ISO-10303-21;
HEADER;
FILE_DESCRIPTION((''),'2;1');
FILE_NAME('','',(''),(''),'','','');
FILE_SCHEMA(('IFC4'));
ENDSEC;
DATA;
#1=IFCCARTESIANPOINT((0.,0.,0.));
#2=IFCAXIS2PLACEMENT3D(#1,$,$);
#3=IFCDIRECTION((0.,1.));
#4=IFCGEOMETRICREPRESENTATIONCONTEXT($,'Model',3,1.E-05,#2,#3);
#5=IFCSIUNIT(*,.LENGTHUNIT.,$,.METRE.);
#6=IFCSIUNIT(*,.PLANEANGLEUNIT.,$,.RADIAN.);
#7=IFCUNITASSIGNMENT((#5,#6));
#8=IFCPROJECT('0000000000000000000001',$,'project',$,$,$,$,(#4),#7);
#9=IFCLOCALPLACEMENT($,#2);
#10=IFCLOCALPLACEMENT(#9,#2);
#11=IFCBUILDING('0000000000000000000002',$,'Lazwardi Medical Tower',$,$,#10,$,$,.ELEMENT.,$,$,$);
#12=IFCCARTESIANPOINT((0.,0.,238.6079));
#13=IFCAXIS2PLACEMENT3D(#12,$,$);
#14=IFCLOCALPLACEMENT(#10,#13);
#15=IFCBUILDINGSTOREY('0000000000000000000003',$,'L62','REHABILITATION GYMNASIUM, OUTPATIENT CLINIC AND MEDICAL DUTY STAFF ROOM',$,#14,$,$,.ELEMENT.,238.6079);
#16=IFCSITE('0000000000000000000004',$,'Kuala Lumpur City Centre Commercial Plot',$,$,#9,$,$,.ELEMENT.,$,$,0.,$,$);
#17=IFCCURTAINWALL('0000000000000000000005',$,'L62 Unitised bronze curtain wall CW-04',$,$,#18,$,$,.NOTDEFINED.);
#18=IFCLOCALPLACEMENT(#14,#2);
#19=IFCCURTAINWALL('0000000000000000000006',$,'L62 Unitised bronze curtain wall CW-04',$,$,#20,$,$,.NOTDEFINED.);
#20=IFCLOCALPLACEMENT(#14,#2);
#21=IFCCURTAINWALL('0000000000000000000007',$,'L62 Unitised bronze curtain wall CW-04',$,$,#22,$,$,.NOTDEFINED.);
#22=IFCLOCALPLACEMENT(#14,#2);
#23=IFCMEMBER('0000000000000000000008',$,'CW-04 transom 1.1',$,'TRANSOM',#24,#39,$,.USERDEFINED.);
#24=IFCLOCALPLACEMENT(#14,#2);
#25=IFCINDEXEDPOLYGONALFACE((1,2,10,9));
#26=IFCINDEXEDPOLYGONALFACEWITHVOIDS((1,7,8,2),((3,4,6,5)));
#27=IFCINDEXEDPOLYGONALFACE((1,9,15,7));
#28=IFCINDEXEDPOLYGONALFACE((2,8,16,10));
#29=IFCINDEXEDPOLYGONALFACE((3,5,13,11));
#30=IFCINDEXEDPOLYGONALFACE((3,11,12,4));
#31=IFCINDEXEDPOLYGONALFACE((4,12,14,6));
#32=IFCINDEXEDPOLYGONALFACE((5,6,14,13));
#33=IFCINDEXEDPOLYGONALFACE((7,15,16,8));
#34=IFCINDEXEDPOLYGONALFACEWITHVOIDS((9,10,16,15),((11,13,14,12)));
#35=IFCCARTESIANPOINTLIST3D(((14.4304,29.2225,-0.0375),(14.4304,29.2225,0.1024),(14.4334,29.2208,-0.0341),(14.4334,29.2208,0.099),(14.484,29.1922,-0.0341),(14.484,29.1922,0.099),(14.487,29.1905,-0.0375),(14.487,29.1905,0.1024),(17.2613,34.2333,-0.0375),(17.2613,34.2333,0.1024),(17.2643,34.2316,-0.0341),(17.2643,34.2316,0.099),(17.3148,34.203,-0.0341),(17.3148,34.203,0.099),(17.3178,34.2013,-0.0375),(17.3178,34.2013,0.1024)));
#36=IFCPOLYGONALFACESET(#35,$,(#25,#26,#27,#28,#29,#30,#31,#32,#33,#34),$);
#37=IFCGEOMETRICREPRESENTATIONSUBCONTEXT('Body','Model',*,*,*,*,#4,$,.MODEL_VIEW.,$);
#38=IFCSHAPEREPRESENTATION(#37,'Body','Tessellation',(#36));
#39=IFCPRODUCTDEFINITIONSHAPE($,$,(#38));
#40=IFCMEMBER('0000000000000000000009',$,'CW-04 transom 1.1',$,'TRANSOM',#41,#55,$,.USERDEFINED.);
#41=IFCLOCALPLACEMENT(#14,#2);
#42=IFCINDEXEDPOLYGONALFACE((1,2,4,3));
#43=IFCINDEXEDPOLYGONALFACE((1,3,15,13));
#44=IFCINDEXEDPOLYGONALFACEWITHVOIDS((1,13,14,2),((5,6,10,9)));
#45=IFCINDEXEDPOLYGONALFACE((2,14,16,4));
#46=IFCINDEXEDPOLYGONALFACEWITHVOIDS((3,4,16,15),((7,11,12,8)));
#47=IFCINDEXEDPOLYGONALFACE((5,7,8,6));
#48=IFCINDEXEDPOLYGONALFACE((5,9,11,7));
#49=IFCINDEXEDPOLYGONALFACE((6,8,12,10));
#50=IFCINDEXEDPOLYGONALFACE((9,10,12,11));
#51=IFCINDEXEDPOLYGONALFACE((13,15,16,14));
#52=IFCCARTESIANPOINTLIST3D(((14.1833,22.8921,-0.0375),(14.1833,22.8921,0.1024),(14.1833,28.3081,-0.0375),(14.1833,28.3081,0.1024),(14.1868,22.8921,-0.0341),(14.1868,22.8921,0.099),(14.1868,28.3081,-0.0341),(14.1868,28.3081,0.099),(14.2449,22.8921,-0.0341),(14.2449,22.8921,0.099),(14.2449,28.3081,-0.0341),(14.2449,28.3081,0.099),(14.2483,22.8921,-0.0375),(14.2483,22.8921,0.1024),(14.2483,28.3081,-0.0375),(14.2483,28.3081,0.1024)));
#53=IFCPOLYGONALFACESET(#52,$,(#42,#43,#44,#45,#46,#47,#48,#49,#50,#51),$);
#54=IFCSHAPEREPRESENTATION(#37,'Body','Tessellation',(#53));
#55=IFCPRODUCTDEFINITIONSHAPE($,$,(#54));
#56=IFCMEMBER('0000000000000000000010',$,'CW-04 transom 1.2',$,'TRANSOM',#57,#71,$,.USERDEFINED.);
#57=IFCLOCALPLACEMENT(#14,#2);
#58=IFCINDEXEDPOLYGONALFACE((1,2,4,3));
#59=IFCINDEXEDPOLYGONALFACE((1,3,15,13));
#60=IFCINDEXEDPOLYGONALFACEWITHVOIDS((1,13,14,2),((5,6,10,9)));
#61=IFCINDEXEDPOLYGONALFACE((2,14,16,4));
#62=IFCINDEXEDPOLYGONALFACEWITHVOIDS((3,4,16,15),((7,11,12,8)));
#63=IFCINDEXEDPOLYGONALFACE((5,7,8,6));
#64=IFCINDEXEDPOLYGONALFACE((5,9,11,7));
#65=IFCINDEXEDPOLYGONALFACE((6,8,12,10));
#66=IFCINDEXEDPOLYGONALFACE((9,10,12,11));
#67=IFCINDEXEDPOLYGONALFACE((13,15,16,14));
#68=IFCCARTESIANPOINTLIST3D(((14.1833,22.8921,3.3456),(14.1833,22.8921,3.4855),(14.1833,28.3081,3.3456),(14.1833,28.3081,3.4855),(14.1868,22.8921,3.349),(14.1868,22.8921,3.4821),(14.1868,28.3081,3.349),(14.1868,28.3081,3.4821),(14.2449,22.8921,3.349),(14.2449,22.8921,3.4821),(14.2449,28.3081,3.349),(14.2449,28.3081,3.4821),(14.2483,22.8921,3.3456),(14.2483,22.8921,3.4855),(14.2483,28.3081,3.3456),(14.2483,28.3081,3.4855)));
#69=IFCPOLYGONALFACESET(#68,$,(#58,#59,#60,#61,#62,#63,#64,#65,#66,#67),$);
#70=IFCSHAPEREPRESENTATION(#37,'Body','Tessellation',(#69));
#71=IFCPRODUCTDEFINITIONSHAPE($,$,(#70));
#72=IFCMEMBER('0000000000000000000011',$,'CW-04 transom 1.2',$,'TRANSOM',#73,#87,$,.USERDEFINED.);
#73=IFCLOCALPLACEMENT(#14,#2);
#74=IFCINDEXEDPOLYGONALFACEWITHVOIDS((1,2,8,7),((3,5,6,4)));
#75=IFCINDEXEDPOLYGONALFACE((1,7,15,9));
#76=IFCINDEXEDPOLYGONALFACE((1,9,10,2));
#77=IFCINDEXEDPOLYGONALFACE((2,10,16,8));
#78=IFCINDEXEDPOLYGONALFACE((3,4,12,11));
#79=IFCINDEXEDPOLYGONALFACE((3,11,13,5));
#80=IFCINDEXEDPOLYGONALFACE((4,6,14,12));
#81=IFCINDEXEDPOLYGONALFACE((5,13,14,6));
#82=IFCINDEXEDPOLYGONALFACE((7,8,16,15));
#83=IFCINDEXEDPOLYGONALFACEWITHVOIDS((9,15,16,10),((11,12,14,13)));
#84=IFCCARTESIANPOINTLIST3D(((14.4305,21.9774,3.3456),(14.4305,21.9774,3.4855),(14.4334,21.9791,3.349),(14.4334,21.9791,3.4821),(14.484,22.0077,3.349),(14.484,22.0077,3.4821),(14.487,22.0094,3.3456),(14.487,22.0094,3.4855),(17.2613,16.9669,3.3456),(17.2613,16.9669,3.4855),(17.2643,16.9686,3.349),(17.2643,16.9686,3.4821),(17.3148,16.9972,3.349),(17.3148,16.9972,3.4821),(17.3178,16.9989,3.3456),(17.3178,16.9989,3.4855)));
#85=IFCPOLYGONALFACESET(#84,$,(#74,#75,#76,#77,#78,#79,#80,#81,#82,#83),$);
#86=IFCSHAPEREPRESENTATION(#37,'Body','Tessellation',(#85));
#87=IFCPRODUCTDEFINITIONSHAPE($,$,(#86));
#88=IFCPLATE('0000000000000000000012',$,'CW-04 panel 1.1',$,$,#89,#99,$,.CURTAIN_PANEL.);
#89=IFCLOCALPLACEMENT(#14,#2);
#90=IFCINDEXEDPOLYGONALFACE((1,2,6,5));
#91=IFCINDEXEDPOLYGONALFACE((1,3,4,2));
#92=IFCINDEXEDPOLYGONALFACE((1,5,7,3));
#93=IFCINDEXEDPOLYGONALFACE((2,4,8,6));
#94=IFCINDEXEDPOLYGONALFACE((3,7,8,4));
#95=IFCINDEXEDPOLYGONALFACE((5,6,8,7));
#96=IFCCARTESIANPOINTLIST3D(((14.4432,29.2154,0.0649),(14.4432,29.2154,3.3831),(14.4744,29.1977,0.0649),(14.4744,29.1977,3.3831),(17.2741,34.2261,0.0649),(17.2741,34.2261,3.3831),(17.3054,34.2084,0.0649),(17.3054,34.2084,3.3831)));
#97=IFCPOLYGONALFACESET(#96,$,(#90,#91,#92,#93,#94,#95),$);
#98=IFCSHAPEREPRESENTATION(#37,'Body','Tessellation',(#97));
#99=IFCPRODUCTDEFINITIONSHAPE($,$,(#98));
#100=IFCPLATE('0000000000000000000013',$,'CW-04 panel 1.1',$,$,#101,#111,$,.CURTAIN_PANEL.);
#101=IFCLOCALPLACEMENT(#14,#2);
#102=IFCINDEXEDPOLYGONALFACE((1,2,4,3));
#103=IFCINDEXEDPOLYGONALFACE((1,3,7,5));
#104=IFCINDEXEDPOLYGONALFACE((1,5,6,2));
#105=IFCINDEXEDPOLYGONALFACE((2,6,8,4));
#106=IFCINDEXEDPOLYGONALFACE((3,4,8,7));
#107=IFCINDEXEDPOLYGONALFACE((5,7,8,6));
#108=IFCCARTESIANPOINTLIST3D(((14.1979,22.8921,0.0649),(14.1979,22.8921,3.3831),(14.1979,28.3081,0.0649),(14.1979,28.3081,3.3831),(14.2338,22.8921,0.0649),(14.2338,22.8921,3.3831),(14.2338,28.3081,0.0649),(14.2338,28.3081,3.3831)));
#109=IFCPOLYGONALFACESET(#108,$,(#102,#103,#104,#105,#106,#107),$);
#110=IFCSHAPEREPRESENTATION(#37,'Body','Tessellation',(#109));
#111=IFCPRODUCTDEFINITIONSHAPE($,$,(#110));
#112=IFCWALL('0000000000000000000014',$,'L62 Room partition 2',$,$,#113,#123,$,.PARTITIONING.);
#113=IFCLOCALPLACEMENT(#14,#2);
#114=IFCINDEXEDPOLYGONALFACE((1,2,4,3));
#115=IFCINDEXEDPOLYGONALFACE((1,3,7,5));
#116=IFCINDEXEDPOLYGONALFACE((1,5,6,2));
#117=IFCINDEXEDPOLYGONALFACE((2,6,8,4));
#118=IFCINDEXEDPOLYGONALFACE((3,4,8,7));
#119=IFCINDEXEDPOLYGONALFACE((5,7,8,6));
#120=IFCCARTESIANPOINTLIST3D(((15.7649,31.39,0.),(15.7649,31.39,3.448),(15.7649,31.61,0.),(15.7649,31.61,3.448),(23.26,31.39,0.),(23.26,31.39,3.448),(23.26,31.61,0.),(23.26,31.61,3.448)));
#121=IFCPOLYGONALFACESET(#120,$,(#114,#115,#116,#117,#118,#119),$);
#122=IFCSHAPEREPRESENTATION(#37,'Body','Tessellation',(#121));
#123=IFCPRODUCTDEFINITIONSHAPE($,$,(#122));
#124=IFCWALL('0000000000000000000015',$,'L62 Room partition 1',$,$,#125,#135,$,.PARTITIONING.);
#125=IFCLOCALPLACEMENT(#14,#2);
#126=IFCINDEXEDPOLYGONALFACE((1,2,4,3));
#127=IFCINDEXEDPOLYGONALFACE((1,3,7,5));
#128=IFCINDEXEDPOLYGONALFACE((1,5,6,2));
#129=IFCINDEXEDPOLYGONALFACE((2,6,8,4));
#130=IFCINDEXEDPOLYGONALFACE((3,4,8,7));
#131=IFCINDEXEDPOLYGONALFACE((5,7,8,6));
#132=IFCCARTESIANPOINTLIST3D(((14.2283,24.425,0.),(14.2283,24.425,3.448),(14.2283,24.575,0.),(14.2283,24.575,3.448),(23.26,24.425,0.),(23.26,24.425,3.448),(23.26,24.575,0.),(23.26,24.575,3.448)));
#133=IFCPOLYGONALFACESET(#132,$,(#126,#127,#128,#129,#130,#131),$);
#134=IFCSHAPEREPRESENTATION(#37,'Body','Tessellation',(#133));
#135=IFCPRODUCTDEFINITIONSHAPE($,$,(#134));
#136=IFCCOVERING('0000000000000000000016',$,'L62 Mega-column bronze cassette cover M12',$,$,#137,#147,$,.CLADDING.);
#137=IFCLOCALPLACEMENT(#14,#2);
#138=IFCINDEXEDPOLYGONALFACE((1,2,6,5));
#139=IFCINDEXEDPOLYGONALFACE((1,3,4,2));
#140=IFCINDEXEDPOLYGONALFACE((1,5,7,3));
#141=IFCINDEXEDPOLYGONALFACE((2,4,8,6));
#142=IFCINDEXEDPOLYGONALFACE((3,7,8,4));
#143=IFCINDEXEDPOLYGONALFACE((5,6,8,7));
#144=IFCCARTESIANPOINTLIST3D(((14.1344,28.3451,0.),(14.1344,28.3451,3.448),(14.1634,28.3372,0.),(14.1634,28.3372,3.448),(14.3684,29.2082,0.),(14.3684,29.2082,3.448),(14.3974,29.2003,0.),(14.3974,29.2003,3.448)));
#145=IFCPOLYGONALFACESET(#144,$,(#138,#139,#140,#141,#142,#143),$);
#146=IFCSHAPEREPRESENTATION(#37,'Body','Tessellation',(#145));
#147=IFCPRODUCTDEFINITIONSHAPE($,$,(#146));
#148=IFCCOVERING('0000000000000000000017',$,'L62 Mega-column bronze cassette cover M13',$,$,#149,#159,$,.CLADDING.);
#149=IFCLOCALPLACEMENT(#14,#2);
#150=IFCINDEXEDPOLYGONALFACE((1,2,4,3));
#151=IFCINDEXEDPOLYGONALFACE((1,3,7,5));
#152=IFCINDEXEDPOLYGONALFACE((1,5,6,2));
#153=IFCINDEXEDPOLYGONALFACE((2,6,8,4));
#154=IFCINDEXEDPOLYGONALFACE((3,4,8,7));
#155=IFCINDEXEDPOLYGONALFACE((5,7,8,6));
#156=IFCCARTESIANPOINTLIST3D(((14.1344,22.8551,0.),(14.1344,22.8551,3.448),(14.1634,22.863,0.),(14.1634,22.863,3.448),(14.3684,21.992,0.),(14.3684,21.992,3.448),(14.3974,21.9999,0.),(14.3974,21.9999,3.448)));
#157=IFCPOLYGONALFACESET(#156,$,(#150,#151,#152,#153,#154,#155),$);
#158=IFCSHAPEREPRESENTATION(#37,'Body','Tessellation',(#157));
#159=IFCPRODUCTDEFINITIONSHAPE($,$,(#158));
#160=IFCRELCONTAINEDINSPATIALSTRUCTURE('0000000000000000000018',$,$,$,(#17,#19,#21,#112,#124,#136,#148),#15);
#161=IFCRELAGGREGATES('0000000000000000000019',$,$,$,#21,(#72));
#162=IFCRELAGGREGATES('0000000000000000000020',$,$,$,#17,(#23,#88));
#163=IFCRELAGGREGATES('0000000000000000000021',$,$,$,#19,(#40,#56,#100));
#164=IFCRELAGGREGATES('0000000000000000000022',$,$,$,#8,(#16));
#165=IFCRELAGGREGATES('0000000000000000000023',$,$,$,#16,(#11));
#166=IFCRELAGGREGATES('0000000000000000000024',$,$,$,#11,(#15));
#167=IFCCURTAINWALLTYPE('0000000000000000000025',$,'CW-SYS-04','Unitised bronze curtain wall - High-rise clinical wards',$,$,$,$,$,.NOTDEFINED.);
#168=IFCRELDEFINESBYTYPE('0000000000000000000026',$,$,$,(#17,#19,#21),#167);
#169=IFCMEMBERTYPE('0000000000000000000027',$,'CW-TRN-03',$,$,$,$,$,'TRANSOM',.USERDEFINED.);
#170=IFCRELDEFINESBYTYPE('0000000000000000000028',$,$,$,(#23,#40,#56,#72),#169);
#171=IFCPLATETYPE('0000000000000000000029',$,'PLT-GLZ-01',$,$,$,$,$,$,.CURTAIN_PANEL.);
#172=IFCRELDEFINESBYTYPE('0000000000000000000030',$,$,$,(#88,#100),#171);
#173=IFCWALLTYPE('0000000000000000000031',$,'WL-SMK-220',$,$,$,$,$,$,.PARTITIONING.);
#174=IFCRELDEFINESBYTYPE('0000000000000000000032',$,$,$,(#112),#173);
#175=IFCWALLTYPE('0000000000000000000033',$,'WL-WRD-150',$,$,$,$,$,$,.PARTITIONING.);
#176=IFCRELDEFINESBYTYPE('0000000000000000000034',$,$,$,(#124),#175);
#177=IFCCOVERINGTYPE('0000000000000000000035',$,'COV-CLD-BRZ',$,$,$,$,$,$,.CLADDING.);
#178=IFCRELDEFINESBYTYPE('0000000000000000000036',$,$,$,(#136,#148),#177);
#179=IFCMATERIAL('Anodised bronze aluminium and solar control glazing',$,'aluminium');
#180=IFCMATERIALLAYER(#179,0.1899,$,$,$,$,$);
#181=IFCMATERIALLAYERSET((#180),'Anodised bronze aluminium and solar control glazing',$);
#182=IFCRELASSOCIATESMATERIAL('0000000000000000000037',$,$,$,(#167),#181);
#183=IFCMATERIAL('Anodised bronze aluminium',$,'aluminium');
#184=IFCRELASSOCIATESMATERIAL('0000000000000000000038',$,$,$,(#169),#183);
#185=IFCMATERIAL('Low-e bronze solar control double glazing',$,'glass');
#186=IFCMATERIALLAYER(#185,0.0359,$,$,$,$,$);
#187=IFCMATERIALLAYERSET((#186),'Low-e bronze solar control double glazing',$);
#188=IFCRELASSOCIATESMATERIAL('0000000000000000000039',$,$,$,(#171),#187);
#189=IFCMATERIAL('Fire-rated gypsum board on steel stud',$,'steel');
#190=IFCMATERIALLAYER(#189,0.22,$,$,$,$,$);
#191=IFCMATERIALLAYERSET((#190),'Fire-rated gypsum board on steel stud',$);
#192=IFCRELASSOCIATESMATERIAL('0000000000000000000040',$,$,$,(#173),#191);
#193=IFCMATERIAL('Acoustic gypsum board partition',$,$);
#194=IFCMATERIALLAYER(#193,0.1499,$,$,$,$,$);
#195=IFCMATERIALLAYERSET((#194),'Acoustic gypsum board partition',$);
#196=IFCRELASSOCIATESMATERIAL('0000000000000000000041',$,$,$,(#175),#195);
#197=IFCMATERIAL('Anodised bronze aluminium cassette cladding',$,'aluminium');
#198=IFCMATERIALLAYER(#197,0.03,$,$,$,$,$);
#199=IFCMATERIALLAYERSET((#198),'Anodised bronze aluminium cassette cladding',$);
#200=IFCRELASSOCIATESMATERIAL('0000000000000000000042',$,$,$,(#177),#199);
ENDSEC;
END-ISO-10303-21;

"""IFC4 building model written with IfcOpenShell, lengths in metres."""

from ifc_helpers import new_model, si_unit, direction, frame, frame_2d, origin, origin_2d, place, context, subcontext, project, spatial, rectangle, hollow_rectangle, extrude, material, layer, layer_set, material_profile, profile_set, type_object, element, aggregate, save


model = new_model("IFC4")

# Units and contexts
model_context = context("Model", 3, precision=1e-05, world=origin(), true_north=direction((0.0, 1.0)))
body_context = subcontext(model_context, "Body", "Model", "MODEL_VIEW")
ifc_project = project(units=[si_unit("LENGTHUNIT", "METRE"), si_unit("PLANEANGLEUNIT", "RADIAN")], contexts=[model_context])

# Site, building, storey
site_placement = place(None, origin())
site = spatial("IfcSite", under=ifc_project, at=site_placement, Name="Kuala Lumpur City Centre Commercial Plot", CompositionType="ELEMENT", RefElevation=0.0)
building_placement = place(site_placement, origin())
building = spatial("IfcBuilding", under=site, at=building_placement, Name="Lazwardi Medical Tower", CompositionType="ELEMENT")
storey_placement = place(building_placement, frame((0.0, 0.0, 238.6079)))
storey = spatial("IfcBuildingStorey", under=building, at=storey_placement, Name="L62", Description="REHABILITATION GYMNASIUM, OUTPATIENT CLINIC AND MEDICAL DUTY STAFF ROOM", CompositionType="ELEMENT", Elevation=238.6079)

# Curtain wall
ifc_material_1 = material(Name="Anodised bronze aluminium and solar control glazing", Category="aluminium")
ifc_layer_1 = layer(ifc_material_1, 0.1899)
ifc_layer_set_1 = layer_set([ifc_layer_1], Name="Anodised bronze aluminium and solar control glazing")
curtain_wall_type = type_object("IfcCurtainWallType", Name="CW-SYS-04", Description="Unitised bronze curtain wall - High-rise clinical wards", PredefinedType="NOTDEFINED", material=ifc_layer_set_1)
curtain_wall_1_placement = place(storey_placement, origin())
curtain_wall_1 = element("IfcCurtainWall", 1, at=curtain_wall_1_placement, inside=storey, type_object=curtain_wall_type, Name="L62 Unitised bronze curtain wall CW-04", PredefinedType="NOTDEFINED")
ifc_material_2 = material(Name="Anodised bronze aluminium", Category="aluminium")

# Curtain wall
curtain_wall_2_placement = place(storey_placement, origin())
curtain_wall_2 = element("IfcCurtainWall", 2, at=curtain_wall_2_placement, inside=storey, type_object=curtain_wall_type, Name="L62 Unitised bronze curtain wall CW-04", PredefinedType="NOTDEFINED")

# Curtain wall
curtain_wall_3_placement = place(storey_placement, origin())
curtain_wall_3 = element("IfcCurtainWall", 3, at=curtain_wall_3_placement, inside=storey, type_object=curtain_wall_type, Name="L62 Unitised bronze curtain wall CW-04", PredefinedType="NOTDEFINED")

# Members
ifc_material_profile_1 = material_profile(ifc_material_2, hollow_rectangle(XDim=0.0649, YDim=0.1399, WallThickness=0.0034, at=origin_2d()), Name="ALU-TRANSOM 140x65x3.5")
ifc_profile_set_1 = profile_set([ifc_material_profile_1], Name="Anodised bronze aluminium")
member_type_1 = type_object("IfcMemberType", Name="CW-TRN-03", ElementType="TRANSOM", PredefinedType="USERDEFINED", material=ifc_profile_set_1)
member_1_placement = place(storey_placement, frame((17.2896, 34.2173, 0.0325), z_axis=(-0.49188, -0.870663, 0.0), x_axis=(0.870663, -0.49188, 0.0)))
member_1 = element("IfcMember", 4, at=member_1_placement, type_object=member_type_1, Name="CW-04 transom 1.1", ObjectType="TRANSOM", PredefinedType="USERDEFINED", context=body_context, shape_type="SweptSolid", body=[
    extrude(hollow_rectangle(XDim=0.0649, YDim=0.1399, WallThickness=0.0034, at=origin_2d()), origin(), (0.0, 0.0, 1.0), 5.7551),
])
member_2_placement = place(storey_placement, frame((14.2158, 28.3081, 0.0325), z_axis=(0.0, -1.0, 0.0), x_axis=(1.0, 0.0, 0.0)))
member_2 = element("IfcMember", 5, at=member_2_placement, type_object=member_type_1, Name="CW-04 transom 1.1", ObjectType="TRANSOM", PredefinedType="USERDEFINED", context=body_context, shape_type="SweptSolid", body=[
    extrude(hollow_rectangle(XDim=0.0649, YDim=0.1399, WallThickness=0.0034, at=origin_2d()), origin(), (0.0, 0.0, 1.0), 5.416),
])
member_3_placement = place(storey_placement, frame((14.2158, 28.3081, 3.4155), z_axis=(0.0, -1.0, 0.0), x_axis=(1.0, 0.0, 0.0)))
member_3 = element("IfcMember", 6, at=member_3_placement, type_object=member_type_1, Name="CW-04 transom 1.2", ObjectType="TRANSOM", PredefinedType="USERDEFINED", context=body_context, shape_type="SweptSolid", body=[
    extrude(hollow_rectangle(XDim=0.0649, YDim=0.1399, WallThickness=0.0034, at=origin_2d()), origin(), (0.0, 0.0, 1.0), 5.416),
])
member_4_placement = place(storey_placement, frame((14.4587, 21.9934, 3.4155), z_axis=(0.491898, -0.870653, 0.0), x_axis=(0.870653, 0.491898, 0.0)))
member_4 = element("IfcMember", 7, at=member_4_placement, type_object=member_type_1, Name="CW-04 transom 1.2", ObjectType="TRANSOM", PredefinedType="USERDEFINED", context=body_context, shape_type="SweptSolid", body=[
    extrude(hollow_rectangle(XDim=0.0649, YDim=0.1399, WallThickness=0.0034, at=origin_2d()), origin(), (0.0, 0.0, 1.0), 5.7549),
])
aggregate(curtain_wall_3, [member_4])

# Plates
ifc_material_3 = material(Name="Low-e bronze solar control double glazing", Category="glass")
ifc_layer_2 = layer(ifc_material_3, 0.0359)
ifc_layer_set_2 = layer_set([ifc_layer_2], Name="Low-e bronze solar control double glazing")
plate_type = type_object("IfcPlateType", Name="PLT-GLZ-01", PredefinedType="CURTAIN_PANEL", material=ifc_layer_set_2)
plate_1_placement = place(storey_placement, frame((15.8743, 31.7119, 0.0649), z_axis=(0.0, 0.0, 1.0), x_axis=(-0.4919, -0.870651, 0.0)))
plate_1 = element("IfcPlate", 8, at=plate_1_placement, type_object=plate_type, Name="CW-04 panel 1.1", PredefinedType="CURTAIN_PANEL", context=body_context, shape_type="SweptSolid", body=[
    extrude(rectangle(XDim=5.7551, YDim=0.0359, at=origin_2d()), origin(), (0.0, 0.0, 1.0), 3.3181),
])
aggregate(curtain_wall_1, [member_1, plate_1])
plate_2_placement = place(storey_placement, frame((14.2158, 25.6001, 0.0649), z_axis=(0.0, 0.0, 1.0), x_axis=(0.0, -1.0, 0.0)))
plate_2 = element("IfcPlate", 9, at=plate_2_placement, type_object=plate_type, Name="CW-04 panel 1.1", PredefinedType="CURTAIN_PANEL", context=body_context, shape_type="SweptSolid", body=[
    extrude(rectangle(XDim=5.416, YDim=0.0359, at=origin_2d()), origin(), (0.0, 0.0, 1.0), 3.3181),
])
aggregate(curtain_wall_2, [member_2, member_3, plate_2])

# Walls
ifc_material_4 = material(Name="Fire-rated gypsum board on steel stud", Category="steel")
ifc_layer_3 = layer(ifc_material_4, 0.22)
ifc_layer_set_3 = layer_set([ifc_layer_3], Name="Fire-rated gypsum board on steel stud")
wall_type_1 = type_object("IfcWallType", Name="WL-SMK-220", PredefinedType="PARTITIONING", material=ifc_layer_set_3)
wall_1_placement = place(storey_placement, frame((15.7649, 31.5, 0.0), z_axis=(0.0, 0.0, 1.0), x_axis=(1.0, 0.0, 0.0)))
element("IfcWall", 10, at=wall_1_placement, inside=storey, type_object=wall_type_1, Name="L62 Room partition 2", PredefinedType="PARTITIONING", context=body_context, shape_type="SweptSolid", body=[
    extrude(rectangle(XDim=7.4951, YDim=0.22, at=frame_2d((3.7476, 0.0))), origin(), (0.0, 0.0, 1.0), 3.448),
])
ifc_material_5 = material(Name="Acoustic gypsum board partition")
ifc_layer_4 = layer(ifc_material_5, 0.1499)
ifc_layer_set_4 = layer_set([ifc_layer_4], Name="Acoustic gypsum board partition")
wall_type_2 = type_object("IfcWallType", Name="WL-WRD-150", PredefinedType="PARTITIONING", material=ifc_layer_set_4)
wall_2_placement = place(storey_placement, frame((14.2283, 24.5, 0.0), z_axis=(0.0, 0.0, 1.0), x_axis=(1.0, 0.0, 0.0)))
element("IfcWall", 11, at=wall_2_placement, inside=storey, type_object=wall_type_2, Name="L62 Room partition 1", PredefinedType="PARTITIONING", context=body_context, shape_type="SweptSolid", body=[
    extrude(rectangle(XDim=9.0317, YDim=0.1499, at=frame_2d((4.5159, 0.0))), origin(), (0.0, 0.0, 1.0), 3.448),
])

# Coverings
ifc_material_6 = material(Name="Anodised bronze aluminium cassette cladding", Category="aluminium")
ifc_layer_5 = layer(ifc_material_6, 0.03)
ifc_layer_set_5 = layer_set([ifc_layer_5], Name="Anodised bronze aluminium cassette cladding")
covering_type = type_object("IfcCoveringType", Name="COV-CLD-BRZ", PredefinedType="CLADDING", material=ifc_layer_set_5)
for number, where, z_axis, x_axis, name in (
    (12, (14.2659, 28.7727, 0.0), (0.0, 0.0, 1.0), (-0.261642, -0.965165, 0.0), "L62 Mega-column bronze cassette cover M12"),
    (13, (14.2659, 22.4275, 0.0), (0.0, 0.0, 1.0), (0.261642, -0.965165, 0.0), "L62 Mega-column bronze cassette cover M13"),
):
    element("IfcCovering", number, at=place(storey_placement, frame(where, z_axis=z_axis, x_axis=x_axis)), inside=storey, type_object=covering_type, Name=name, PredefinedType="CLADDING", context=body_context, shape_type="SweptSolid", body=[
        extrude(rectangle(XDim=0.8943, YDim=0.03, at=origin_2d()), origin(), (0.0, 0.0, 1.0), 3.448),
    ])

save(model, "model.ifc")
